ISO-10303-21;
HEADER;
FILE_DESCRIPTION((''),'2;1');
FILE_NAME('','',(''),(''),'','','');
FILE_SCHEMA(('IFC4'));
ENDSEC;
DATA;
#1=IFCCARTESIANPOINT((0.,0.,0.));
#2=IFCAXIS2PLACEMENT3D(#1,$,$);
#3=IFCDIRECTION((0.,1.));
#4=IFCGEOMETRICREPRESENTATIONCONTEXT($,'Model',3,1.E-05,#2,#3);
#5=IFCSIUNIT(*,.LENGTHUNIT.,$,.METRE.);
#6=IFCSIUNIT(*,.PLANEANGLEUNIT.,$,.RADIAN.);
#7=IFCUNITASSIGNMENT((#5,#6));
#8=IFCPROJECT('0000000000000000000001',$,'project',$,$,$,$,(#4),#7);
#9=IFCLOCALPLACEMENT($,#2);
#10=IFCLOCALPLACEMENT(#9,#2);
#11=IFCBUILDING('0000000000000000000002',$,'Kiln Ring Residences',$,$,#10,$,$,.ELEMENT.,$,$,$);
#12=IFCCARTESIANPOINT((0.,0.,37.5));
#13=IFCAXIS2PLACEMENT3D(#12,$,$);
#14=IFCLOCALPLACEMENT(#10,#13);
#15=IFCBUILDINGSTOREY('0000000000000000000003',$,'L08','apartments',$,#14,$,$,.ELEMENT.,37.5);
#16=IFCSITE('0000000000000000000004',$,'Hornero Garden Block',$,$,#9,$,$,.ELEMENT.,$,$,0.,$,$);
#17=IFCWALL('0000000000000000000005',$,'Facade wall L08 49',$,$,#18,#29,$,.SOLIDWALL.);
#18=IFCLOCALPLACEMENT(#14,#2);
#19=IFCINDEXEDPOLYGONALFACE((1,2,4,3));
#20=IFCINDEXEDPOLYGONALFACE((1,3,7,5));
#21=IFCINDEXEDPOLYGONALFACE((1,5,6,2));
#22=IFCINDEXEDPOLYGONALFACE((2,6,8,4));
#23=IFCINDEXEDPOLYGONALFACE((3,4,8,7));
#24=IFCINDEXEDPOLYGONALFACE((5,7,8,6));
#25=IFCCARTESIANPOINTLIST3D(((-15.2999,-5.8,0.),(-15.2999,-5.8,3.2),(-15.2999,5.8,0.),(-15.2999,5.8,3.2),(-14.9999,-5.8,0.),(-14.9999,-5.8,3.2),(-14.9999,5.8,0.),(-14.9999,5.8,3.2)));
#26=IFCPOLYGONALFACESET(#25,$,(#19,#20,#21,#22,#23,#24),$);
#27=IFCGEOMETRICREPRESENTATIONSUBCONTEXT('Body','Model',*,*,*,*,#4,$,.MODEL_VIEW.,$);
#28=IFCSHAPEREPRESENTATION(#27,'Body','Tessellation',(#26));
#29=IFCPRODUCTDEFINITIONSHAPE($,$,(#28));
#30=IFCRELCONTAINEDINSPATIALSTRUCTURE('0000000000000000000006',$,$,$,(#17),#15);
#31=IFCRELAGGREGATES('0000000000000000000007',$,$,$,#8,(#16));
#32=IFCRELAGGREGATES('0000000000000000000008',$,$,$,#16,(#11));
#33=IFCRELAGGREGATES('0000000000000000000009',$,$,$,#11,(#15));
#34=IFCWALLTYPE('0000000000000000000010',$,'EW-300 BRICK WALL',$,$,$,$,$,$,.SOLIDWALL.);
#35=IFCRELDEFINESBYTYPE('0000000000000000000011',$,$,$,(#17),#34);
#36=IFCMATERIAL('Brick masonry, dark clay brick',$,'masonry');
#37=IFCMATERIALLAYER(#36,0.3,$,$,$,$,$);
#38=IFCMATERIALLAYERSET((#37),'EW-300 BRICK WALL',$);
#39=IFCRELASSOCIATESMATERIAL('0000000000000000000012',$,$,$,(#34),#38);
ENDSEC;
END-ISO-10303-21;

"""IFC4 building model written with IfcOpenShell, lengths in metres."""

from ifc_helpers import new_model, si_unit, direction, frame, frame_2d, origin, place, context, subcontext, project, spatial, rectangle, extrude, material, layer, layer_set, type_object, element, save


model = new_model("IFC4")

# Units and contexts
model_context = context("Model", 3, precision=1e-05, world=origin(), true_north=direction((0.0, 1.0)))
body_context = subcontext(model_context, "Body", "Model", "MODEL_VIEW")
ifc_project = project(units=[si_unit("LENGTHUNIT", "METRE"), si_unit("PLANEANGLEUNIT", "RADIAN")], contexts=[model_context])

# Site, building, storey
site_placement = place(None, origin())
site = spatial("IfcSite", under=ifc_project, at=site_placement, Name="Hornero Garden Block", CompositionType="ELEMENT", RefElevation=0.0)
building_placement = place(site_placement, origin())
building = spatial("IfcBuilding", under=site, at=building_placement, Name="Kiln Ring Residences", CompositionType="ELEMENT")
storey_placement = place(building_placement, frame((0.0, 0.0, 37.5)))
storey = spatial("IfcBuildingStorey", under=building, at=storey_placement, Name="L08", Description="apartments", CompositionType="ELEMENT", Elevation=37.5)

# Wall
ifc_material_1 = material(Name="Brick masonry, dark clay brick", Category="masonry")
ifc_layer_1 = layer(ifc_material_1, 0.3)
ifc_layer_set_1 = layer_set([ifc_layer_1], Name="EW-300 BRICK WALL")
wall_type_1 = type_object("IfcWallType", Name="EW-300 BRICK WALL", PredefinedType="SOLIDWALL", material=ifc_layer_set_1)
wall_1_placement = place(storey_placement, frame((-15.1499, -5.8, 0.0), z_axis=(0.0, 0.0, 1.0), x_axis=(0.0, 1.0, 0.0)))
element("IfcWall", 1, at=wall_1_placement, inside=storey, type_object=wall_type_1, Name="Facade wall L08 49", PredefinedType="SOLIDWALL", context=body_context, shape_type="SweptSolid", body=[
    extrude(rectangle(XDim=11.6001, YDim=0.3, at=frame_2d((5.8, 0.0))), origin(), (0.0, 0.0, 1.0), 3.2),
])

save(model, "model.ifc")
